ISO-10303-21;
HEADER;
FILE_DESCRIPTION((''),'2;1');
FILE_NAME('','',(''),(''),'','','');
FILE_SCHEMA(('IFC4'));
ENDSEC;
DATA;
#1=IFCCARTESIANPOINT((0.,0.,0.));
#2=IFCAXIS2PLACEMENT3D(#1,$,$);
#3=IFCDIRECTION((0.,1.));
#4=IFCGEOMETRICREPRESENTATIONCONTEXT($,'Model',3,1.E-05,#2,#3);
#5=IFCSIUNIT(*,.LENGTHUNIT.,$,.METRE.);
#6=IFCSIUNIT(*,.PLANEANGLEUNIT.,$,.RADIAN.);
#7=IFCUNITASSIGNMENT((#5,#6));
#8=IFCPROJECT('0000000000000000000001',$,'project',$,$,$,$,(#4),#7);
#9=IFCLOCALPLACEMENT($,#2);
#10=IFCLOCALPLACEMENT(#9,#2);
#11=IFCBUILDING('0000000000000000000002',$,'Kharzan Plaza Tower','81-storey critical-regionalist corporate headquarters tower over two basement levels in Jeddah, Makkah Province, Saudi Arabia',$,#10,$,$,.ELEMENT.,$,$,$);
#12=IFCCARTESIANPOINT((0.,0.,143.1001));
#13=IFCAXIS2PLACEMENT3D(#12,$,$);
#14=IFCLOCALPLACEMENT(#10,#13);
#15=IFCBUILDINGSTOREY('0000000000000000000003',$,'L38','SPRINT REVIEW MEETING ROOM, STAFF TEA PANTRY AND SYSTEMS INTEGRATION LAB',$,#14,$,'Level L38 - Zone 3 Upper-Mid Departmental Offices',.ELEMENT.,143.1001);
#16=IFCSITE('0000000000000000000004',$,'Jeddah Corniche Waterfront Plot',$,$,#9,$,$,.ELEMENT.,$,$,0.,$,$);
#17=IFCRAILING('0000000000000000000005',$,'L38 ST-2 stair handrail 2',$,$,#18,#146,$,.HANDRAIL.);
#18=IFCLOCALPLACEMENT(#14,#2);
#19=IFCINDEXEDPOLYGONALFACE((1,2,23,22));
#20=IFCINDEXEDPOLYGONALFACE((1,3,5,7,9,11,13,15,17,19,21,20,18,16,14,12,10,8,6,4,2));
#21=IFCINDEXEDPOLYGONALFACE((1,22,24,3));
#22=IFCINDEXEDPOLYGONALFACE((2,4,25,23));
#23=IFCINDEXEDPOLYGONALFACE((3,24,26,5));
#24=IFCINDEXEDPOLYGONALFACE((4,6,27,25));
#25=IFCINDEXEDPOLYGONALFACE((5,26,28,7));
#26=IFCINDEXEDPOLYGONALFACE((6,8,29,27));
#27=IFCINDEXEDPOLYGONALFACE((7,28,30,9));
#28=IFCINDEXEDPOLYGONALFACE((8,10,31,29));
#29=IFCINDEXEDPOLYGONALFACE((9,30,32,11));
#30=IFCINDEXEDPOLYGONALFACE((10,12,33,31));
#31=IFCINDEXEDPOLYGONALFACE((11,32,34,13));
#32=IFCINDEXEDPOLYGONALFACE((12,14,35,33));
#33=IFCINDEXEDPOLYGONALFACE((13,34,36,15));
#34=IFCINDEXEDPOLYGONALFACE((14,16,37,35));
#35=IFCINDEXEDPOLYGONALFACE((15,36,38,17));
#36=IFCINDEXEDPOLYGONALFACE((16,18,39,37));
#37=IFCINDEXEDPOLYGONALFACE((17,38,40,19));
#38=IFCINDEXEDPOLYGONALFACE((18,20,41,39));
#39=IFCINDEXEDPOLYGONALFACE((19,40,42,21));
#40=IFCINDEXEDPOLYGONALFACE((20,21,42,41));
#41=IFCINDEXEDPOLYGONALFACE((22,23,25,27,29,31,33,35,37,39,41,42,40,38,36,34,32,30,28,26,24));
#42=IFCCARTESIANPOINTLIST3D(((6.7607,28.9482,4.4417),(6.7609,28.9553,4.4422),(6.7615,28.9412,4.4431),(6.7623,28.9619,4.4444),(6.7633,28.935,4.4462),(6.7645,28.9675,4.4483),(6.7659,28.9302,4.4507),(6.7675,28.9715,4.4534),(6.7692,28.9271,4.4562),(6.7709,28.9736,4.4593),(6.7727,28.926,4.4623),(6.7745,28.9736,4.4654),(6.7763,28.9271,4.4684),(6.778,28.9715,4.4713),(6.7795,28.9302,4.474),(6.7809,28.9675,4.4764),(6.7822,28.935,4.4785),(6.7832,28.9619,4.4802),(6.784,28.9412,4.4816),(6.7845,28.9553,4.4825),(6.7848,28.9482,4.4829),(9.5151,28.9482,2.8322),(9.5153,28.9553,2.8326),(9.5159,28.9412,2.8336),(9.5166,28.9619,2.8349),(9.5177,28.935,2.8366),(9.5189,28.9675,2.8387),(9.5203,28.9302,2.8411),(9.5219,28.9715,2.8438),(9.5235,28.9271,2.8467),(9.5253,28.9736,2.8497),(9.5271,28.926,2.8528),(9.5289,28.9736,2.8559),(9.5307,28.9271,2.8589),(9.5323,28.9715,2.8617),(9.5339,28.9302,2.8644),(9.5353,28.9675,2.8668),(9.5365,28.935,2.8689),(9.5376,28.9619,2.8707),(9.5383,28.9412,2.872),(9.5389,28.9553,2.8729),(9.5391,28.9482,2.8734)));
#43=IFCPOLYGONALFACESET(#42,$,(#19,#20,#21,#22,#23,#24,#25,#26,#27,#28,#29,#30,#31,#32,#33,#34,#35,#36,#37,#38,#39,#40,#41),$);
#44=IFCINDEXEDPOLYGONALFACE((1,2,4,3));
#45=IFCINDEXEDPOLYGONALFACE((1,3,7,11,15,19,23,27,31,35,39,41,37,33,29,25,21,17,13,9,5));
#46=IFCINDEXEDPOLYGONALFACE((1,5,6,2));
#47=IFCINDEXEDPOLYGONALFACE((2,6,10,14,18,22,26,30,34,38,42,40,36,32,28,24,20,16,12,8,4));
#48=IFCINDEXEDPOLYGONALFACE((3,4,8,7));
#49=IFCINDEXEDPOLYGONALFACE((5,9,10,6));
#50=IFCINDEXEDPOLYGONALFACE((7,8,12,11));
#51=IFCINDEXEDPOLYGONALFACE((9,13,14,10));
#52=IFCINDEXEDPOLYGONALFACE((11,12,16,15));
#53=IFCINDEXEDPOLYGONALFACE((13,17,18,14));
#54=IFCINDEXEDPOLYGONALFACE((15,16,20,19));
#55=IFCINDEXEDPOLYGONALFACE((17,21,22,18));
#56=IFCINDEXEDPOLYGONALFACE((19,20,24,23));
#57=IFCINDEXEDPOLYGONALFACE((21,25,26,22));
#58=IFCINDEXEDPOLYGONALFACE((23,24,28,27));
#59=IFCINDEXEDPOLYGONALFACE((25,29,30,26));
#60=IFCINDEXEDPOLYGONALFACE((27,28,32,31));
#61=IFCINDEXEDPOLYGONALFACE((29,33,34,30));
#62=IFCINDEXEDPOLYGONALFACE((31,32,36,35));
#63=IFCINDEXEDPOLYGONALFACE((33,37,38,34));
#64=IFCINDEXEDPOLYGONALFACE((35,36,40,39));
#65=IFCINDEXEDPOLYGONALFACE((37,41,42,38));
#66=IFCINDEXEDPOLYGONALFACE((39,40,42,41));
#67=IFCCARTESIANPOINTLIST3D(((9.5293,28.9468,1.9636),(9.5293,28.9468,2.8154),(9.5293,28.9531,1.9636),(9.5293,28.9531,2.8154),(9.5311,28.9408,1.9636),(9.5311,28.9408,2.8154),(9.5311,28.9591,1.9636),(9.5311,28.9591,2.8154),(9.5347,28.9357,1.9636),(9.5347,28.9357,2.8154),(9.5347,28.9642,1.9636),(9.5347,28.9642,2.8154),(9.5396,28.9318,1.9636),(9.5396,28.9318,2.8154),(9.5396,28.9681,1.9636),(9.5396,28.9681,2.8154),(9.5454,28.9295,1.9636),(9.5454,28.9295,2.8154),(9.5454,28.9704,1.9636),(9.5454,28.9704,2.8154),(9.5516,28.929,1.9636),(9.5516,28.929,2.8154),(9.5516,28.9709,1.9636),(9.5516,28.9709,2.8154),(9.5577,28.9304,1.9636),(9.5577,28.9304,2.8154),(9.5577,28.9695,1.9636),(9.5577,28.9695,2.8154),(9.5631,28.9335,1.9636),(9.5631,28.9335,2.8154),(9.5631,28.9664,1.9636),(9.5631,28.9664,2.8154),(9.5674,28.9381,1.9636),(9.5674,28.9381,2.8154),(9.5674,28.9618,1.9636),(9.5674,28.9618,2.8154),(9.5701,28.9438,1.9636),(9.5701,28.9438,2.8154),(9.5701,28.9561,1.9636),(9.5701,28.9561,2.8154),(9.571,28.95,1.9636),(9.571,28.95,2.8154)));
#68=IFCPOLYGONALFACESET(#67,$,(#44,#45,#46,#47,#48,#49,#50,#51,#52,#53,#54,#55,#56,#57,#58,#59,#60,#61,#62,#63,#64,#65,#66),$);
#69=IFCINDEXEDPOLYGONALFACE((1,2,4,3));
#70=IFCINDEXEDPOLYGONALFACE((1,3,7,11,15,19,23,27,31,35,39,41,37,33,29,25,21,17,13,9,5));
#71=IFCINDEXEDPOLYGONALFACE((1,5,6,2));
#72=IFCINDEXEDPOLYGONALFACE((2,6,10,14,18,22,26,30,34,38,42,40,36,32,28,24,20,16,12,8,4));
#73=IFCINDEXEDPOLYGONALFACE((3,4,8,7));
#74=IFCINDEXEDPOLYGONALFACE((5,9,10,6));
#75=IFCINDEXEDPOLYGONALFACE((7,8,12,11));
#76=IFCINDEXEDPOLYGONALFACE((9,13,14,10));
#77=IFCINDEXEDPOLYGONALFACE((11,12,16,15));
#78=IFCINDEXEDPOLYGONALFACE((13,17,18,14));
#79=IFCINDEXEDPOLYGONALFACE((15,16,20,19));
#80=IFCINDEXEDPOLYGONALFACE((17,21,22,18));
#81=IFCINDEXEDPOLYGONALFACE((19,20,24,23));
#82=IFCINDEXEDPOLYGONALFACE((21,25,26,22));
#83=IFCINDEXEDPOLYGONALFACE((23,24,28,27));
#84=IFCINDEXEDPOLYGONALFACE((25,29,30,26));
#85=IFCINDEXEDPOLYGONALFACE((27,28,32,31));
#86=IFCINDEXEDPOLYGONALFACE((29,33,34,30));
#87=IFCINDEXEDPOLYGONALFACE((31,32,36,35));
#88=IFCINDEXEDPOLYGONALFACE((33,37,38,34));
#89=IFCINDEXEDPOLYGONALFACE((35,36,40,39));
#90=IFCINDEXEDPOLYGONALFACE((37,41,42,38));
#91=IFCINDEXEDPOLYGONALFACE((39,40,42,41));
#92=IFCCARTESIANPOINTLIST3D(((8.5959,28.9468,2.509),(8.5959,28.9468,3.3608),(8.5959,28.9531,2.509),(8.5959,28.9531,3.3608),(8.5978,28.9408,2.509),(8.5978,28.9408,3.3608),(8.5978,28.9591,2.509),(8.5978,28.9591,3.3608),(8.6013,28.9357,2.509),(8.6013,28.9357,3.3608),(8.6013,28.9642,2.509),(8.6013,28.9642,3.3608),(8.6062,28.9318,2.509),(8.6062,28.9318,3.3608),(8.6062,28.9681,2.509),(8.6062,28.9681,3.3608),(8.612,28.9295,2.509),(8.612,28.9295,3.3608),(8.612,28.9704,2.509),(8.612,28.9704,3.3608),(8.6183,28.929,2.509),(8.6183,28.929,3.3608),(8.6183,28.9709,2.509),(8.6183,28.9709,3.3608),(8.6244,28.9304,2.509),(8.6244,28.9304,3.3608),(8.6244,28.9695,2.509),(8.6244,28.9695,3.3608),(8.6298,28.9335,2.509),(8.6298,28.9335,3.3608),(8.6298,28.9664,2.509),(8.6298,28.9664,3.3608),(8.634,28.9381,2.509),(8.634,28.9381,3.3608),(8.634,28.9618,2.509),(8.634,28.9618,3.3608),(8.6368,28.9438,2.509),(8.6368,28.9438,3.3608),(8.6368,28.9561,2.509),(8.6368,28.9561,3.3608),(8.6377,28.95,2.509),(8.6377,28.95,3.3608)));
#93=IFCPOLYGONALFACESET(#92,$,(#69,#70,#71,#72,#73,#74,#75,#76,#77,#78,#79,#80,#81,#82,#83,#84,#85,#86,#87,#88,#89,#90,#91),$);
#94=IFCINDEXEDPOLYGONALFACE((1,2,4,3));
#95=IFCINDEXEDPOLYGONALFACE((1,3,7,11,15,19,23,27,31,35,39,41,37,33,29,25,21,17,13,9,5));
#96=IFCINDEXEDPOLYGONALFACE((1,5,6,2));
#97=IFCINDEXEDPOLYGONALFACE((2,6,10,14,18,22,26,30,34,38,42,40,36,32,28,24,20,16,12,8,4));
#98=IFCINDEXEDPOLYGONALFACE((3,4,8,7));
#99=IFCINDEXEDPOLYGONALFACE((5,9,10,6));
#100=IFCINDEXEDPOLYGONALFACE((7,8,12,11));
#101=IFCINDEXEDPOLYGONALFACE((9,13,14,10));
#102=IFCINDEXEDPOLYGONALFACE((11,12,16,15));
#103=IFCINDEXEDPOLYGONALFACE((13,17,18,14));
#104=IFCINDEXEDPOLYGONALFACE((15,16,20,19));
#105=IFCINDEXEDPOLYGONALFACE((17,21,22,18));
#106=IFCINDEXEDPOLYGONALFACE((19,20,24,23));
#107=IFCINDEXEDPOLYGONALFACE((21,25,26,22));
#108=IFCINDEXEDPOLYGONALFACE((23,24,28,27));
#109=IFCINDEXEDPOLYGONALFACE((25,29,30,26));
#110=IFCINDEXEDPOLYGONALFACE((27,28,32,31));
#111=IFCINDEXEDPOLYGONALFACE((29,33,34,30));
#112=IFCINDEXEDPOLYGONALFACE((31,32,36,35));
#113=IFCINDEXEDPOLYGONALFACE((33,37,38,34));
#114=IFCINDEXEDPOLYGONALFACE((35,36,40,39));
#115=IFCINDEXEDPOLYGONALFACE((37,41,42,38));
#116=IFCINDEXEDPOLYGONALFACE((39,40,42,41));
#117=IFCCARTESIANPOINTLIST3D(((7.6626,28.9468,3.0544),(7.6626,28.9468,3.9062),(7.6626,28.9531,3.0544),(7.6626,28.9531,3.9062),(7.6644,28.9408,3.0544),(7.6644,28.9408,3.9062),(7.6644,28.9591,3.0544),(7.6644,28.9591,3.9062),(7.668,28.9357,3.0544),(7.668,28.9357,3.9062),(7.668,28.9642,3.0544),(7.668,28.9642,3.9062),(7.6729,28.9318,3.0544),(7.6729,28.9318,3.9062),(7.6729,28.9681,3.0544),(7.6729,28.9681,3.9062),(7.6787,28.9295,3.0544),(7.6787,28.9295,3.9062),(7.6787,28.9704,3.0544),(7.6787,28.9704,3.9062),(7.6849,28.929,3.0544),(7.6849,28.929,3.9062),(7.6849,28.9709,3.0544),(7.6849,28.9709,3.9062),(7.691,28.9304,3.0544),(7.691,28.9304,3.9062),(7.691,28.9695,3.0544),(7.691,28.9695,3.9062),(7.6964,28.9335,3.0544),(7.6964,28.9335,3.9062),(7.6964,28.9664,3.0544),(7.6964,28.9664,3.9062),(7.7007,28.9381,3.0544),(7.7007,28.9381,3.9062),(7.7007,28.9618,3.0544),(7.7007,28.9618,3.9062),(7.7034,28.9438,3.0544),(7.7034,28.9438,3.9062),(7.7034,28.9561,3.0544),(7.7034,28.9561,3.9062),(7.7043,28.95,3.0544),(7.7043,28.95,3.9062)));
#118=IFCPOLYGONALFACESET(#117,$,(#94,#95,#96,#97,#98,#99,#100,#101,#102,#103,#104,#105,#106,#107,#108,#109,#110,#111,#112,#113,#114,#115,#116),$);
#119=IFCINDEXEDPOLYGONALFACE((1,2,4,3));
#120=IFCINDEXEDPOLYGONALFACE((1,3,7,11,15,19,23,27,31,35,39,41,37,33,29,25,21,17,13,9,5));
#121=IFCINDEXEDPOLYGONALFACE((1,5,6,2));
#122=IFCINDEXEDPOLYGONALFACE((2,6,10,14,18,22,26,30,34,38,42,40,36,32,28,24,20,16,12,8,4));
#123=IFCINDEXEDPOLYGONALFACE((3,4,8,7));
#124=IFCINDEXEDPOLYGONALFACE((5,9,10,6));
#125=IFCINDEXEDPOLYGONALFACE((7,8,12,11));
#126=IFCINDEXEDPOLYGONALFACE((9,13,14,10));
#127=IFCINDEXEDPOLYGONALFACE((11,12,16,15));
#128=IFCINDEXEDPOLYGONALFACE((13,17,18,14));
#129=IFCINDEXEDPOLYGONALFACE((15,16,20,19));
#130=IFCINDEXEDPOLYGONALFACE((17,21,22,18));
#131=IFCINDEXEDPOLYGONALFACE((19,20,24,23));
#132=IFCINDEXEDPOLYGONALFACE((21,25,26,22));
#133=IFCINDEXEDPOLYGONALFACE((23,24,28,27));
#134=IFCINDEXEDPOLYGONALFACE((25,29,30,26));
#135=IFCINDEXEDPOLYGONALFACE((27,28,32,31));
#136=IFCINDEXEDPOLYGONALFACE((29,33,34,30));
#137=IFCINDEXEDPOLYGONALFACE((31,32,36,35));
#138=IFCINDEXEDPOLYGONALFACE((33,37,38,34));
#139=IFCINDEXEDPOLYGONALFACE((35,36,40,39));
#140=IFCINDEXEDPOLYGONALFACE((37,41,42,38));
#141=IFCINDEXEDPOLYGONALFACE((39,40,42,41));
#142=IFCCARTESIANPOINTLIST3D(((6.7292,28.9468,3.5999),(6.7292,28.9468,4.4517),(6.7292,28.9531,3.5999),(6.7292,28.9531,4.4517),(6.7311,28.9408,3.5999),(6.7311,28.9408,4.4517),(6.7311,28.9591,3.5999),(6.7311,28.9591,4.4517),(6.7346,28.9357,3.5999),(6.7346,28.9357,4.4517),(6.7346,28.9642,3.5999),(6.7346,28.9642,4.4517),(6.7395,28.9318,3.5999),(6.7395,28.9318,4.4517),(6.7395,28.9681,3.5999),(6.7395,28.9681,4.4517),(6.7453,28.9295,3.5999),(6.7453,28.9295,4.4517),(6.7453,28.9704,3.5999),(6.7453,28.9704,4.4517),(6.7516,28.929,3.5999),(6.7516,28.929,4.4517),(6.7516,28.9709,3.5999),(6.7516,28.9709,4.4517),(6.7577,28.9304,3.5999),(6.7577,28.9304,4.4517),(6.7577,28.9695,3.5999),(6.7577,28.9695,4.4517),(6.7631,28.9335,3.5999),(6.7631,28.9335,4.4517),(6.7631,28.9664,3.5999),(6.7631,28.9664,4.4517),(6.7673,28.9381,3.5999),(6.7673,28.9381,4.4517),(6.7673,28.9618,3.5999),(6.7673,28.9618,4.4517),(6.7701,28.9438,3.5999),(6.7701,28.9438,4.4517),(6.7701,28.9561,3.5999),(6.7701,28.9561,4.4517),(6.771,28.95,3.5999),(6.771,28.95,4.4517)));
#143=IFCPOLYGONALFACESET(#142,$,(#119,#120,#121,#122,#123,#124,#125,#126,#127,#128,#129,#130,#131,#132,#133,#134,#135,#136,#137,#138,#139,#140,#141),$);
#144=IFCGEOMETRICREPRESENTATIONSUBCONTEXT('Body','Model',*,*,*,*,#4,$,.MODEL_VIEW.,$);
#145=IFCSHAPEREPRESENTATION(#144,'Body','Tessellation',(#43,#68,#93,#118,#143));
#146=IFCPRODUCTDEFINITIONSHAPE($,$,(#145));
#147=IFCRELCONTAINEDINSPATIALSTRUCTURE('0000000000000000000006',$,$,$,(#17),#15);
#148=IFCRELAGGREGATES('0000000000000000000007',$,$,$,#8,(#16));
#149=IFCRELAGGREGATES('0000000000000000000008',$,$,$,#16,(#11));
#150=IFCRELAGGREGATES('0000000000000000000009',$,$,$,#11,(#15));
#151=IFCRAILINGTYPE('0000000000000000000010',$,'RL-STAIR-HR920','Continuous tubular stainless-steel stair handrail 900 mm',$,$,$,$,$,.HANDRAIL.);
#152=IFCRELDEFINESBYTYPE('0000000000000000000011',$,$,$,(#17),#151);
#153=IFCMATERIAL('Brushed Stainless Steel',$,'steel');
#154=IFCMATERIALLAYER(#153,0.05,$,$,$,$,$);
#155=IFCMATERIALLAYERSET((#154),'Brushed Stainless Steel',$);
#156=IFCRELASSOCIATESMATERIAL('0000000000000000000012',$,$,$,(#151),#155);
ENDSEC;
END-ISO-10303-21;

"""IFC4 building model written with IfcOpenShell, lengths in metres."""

from ifc_helpers import new_model, si_unit, direction, frame, origin, origin_2d, place, context, subcontext, project, spatial, circle, extrude, source, transform, mapped, material, layer, layer_set, type_object, element, save


model = new_model("IFC4")

# Units and contexts
model_context = context("Model", 3, precision=1e-05, world=origin(), true_north=direction((0.0, 1.0)))
body_context = subcontext(model_context, "Body", "Model", "MODEL_VIEW")
ifc_project = project(units=[si_unit("LENGTHUNIT", "METRE"), si_unit("PLANEANGLEUNIT", "RADIAN")], contexts=[model_context])

# Site, building, storey
site_placement = place(None, origin())
site = spatial("IfcSite", under=ifc_project, at=site_placement, Name="Jeddah Corniche Waterfront Plot", CompositionType="ELEMENT", RefElevation=0.0)
building_placement = place(site_placement, origin())
building = spatial("IfcBuilding", under=site, at=building_placement, Name="Kharzan Plaza Tower", Description="81-storey critical-regionalist corporate headquarters tower over two basement levels in Jeddah, Makkah Province, Saudi Arabia", CompositionType="ELEMENT")
storey_placement = place(building_placement, frame((0.0, 0.0, 143.1001)))
storey = spatial("IfcBuildingStorey", under=building, at=storey_placement, Name="L38", Description="SPRINT REVIEW MEETING ROOM, STAFF TEA PANTRY AND SYSTEMS INTEGRATION LAB", LongName="Level L38 - Zone 3 Upper-Mid Departmental Offices", CompositionType="ELEMENT", Elevation=143.1001)

# Shared definitions
ifc_material_1 = material(Name="Brushed Stainless Steel", Category="steel")

# Railing
ifc_layer_1 = layer(ifc_material_1, 0.05)
ifc_layer_set_1 = layer_set([ifc_layer_1], Name="Brushed Stainless Steel")
railing_type_1 = type_object("IfcRailingType", Name="RL-STAIR-HR920", Description="Continuous tubular stainless-steel stair handrail 900 mm", PredefinedType="HANDRAIL", material=ifc_layer_set_1)
shared_shape_1 = source(origin(), body_context, "Body", "SweptSolid", [
    extrude(circle(Radius=0.0239, at=origin_2d()), frame((-0.0229, 0.0, 0.8892), z_axis=(-0.863394, 0.0, 0.504531), x_axis=(0.0, -1.0, 0.0)), (0.0, 0.0, 1.0), 3.1902),
    extrude(circle(Radius=0.021, at=origin_2d()), origin(), (0.0, 0.0, 1.0), 0.8518),
    extrude(circle(Radius=0.021, at=origin_2d()), frame((-0.9333, 0.0, 0.5454)), (0.0, 0.0, 1.0), 0.8518),
    extrude(circle(Radius=0.021, at=origin_2d()), frame((-1.8667, 0.0, 1.0908)), (0.0, 0.0, 1.0), 0.8518),
    extrude(circle(Radius=0.021, at=origin_2d()), frame((-2.8, 0.0, 1.6362)), (0.0, 0.0, 1.0), 0.8518),
])
railing_1_placement = place(storey_placement, frame((9.55, 28.95, 1.9636)))
element("IfcRailing", 1, at=railing_1_placement, inside=storey, type_object=railing_type_1, Name="L38 ST-2 stair handrail 2", PredefinedType="HANDRAIL", context=body_context, shape_type="MappedRepresentation", body=[
    mapped(shared_shape_1, transform((0.0, 0.0, 0.0), x_axis=(1.0, 0.0, 0.0), y_axis=(0.0, 1.0, 0.0), z_axis=(0.0, 0.0, 1.0))),
])

save(model, "model.ifc")
